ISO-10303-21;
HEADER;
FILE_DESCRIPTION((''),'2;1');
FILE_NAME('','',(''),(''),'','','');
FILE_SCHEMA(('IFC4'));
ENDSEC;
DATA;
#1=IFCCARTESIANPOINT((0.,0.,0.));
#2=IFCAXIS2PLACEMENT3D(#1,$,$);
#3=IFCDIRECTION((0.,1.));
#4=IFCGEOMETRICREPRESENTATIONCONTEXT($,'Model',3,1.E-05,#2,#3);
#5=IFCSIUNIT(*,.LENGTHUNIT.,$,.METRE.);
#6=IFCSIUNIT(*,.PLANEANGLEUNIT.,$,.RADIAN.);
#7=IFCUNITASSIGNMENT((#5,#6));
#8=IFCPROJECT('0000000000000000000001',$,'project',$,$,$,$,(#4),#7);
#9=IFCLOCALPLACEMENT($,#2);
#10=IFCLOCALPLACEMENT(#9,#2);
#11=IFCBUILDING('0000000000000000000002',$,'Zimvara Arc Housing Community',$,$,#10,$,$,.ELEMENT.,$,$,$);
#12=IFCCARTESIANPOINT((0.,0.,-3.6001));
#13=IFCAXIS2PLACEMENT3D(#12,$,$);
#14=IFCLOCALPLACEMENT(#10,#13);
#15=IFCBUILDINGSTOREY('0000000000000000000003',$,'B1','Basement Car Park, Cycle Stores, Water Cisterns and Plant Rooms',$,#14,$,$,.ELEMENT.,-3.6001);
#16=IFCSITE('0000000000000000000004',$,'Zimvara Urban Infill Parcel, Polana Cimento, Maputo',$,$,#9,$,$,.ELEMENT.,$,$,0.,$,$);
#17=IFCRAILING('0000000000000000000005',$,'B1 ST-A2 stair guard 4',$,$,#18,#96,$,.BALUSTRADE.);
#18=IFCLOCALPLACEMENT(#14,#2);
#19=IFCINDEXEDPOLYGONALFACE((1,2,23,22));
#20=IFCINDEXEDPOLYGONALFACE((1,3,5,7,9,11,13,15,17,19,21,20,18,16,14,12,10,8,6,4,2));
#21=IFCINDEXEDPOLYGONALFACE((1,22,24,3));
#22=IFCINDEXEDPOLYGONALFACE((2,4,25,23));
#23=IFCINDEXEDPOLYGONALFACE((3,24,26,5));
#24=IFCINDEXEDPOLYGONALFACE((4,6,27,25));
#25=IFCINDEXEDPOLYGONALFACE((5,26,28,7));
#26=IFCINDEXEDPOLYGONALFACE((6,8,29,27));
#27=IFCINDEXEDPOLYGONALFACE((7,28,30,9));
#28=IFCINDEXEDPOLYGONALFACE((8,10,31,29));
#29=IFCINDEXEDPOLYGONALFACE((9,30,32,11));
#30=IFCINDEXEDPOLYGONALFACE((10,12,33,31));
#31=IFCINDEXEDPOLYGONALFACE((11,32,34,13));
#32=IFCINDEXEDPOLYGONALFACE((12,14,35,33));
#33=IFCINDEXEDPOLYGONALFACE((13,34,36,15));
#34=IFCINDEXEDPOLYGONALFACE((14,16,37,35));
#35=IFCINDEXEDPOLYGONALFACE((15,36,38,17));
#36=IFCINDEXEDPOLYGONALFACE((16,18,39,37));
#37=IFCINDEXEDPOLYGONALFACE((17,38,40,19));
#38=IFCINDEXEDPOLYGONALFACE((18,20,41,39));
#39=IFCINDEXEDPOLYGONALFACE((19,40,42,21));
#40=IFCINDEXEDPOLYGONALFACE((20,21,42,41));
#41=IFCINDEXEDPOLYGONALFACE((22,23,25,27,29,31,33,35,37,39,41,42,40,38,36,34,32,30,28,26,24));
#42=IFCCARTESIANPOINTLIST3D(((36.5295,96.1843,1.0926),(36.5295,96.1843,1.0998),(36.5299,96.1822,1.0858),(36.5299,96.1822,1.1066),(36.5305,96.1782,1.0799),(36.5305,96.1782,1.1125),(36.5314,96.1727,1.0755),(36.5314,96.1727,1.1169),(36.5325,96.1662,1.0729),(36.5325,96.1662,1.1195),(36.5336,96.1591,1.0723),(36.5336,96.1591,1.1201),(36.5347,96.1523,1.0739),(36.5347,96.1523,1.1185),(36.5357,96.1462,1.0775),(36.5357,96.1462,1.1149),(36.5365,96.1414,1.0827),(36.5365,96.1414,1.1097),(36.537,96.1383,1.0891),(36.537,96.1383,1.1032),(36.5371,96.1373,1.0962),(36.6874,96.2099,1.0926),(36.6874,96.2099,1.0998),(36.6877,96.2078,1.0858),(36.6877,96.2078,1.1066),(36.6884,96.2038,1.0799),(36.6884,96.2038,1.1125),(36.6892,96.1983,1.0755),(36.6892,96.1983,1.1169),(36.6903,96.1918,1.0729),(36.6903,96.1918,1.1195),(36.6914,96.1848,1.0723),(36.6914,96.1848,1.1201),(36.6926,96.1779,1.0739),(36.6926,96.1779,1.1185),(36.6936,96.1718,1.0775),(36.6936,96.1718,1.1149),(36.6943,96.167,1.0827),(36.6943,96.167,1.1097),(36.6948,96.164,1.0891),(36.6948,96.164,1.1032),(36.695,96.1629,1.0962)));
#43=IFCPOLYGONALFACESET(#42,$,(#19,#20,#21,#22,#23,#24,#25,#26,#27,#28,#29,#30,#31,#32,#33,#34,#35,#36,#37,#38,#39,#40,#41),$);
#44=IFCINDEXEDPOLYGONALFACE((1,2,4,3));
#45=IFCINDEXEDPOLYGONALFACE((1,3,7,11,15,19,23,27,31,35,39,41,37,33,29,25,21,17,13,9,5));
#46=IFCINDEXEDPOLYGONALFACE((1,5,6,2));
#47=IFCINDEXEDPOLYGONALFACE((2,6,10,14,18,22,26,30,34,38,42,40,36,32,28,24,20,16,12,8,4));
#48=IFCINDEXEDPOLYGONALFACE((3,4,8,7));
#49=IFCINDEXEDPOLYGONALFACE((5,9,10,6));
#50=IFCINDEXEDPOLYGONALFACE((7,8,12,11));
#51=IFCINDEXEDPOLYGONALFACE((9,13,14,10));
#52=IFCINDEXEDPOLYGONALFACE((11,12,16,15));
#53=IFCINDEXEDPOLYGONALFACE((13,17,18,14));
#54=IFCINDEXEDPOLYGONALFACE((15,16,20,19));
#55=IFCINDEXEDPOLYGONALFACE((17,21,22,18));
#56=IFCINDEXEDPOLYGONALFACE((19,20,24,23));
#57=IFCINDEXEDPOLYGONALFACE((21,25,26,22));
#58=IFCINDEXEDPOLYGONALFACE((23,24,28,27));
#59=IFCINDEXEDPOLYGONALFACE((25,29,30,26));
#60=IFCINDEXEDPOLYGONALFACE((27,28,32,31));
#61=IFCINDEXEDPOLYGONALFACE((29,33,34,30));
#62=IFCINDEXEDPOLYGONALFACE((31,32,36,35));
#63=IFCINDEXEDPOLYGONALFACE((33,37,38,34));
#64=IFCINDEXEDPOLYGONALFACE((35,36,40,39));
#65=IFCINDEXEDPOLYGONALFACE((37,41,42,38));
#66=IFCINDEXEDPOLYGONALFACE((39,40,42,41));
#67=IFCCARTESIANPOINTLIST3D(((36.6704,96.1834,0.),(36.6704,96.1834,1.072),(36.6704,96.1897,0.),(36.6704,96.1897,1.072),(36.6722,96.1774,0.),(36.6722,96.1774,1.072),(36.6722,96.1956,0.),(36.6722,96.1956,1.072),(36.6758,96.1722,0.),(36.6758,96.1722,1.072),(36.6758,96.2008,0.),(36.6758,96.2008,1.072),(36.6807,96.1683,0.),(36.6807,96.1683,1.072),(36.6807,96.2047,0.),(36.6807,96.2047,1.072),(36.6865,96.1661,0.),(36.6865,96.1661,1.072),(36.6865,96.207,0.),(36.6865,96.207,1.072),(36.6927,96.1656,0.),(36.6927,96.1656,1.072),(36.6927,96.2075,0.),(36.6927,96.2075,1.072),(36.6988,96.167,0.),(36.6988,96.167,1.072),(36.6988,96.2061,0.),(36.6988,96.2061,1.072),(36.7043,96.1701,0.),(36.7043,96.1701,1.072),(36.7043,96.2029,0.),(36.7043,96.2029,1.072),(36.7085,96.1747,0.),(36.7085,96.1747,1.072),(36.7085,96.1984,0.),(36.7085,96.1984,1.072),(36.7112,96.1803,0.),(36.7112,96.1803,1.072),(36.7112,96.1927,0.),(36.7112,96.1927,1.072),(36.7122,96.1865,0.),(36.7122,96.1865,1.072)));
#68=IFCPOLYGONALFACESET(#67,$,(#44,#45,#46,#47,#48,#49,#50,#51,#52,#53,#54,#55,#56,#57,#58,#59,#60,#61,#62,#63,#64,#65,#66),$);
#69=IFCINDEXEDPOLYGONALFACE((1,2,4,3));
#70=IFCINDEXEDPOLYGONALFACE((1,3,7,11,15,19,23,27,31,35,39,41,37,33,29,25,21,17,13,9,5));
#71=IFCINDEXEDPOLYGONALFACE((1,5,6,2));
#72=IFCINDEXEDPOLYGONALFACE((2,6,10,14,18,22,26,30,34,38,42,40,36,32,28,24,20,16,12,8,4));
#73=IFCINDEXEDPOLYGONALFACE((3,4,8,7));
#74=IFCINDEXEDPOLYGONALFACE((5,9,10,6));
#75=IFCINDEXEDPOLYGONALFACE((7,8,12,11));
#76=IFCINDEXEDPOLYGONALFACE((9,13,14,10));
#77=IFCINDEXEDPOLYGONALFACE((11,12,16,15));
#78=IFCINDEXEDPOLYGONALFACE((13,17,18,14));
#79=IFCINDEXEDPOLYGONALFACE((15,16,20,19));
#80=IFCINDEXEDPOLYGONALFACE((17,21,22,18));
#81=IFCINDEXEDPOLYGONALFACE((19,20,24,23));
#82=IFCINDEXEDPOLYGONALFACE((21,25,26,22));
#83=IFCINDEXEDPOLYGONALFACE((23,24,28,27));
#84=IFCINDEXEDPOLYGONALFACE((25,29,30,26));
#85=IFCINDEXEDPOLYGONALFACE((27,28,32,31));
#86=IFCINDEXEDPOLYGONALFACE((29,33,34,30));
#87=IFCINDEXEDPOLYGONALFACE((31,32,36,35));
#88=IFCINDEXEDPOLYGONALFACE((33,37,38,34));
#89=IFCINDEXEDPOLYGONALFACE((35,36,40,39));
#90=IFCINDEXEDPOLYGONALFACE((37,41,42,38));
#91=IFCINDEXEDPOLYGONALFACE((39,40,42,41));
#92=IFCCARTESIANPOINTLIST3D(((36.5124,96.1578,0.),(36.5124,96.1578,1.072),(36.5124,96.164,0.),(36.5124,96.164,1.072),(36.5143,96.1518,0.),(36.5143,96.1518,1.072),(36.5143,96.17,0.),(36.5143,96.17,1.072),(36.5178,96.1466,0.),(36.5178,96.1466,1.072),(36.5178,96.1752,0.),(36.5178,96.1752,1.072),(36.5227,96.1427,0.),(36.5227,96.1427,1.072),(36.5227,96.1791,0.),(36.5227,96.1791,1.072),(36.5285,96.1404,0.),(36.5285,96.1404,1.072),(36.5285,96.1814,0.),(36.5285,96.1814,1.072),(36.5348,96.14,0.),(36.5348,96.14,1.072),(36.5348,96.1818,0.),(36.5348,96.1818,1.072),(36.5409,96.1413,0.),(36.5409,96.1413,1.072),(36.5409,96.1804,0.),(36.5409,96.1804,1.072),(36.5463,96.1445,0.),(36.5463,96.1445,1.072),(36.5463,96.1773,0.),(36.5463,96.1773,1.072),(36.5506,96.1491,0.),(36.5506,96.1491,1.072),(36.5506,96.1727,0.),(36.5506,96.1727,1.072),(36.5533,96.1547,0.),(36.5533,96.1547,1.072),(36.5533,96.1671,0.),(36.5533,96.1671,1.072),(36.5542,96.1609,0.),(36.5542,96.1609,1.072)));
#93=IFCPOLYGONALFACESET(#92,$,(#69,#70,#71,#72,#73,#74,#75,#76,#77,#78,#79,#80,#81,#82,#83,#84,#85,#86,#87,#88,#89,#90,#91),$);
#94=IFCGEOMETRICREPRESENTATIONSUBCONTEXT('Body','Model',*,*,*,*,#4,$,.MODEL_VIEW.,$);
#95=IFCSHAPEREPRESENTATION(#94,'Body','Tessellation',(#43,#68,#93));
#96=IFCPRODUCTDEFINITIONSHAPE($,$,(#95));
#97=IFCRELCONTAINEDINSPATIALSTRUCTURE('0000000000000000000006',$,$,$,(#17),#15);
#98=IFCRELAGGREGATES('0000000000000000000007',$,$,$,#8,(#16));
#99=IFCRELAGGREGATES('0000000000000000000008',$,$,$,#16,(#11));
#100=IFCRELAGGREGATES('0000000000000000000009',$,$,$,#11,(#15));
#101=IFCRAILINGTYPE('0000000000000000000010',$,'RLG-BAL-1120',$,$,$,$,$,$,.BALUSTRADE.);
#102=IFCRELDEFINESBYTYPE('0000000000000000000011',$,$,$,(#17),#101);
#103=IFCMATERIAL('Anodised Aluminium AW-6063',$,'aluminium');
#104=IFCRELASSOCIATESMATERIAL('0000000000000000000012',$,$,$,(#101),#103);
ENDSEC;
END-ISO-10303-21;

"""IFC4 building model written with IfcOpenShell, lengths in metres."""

from ifc_helpers import new_model, si_unit, direction, frame, origin, origin_2d, place, context, subcontext, project, spatial, circle, extrude, material, type_object, element, save


model = new_model("IFC4")

# Units and contexts
model_context = context("Model", 3, precision=1e-05, world=origin(), true_north=direction((0.0, 1.0)))
body_context = subcontext(model_context, "Body", "Model", "MODEL_VIEW")
ifc_project = project(units=[si_unit("LENGTHUNIT", "METRE"), si_unit("PLANEANGLEUNIT", "RADIAN")], contexts=[model_context])

# Site, building, storey
site_placement = place(None, origin())
site = spatial("IfcSite", under=ifc_project, at=site_placement, Name="Zimvara Urban Infill Parcel, Polana Cimento, Maputo", CompositionType="ELEMENT", RefElevation=0.0)
building_placement = place(site_placement, origin())
building = spatial("IfcBuilding", under=site, at=building_placement, Name="Zimvara Arc Housing Community", CompositionType="ELEMENT")
storey_placement = place(building_placement, frame((0.0, 0.0, -3.6001)))
storey = spatial("IfcBuildingStorey", under=building, at=storey_placement, Name="B1", Description="Basement Car Park, Cycle Stores, Water Cisterns and Plant Rooms", CompositionType="ELEMENT", Elevation=-3.6001)

# Railing
ifc_material_1 = material(Name="Anodised Aluminium AW-6063", Category="aluminium")
railing_type = type_object("IfcRailingType", Name="RLG-BAL-1120", PredefinedType="BALUSTRADE", material=ifc_material_1)
railing_1_placement = place(storey_placement, frame((36.6912, 96.1865, 0.0)))
element("IfcRailing", 1, at=railing_1_placement, inside=storey, type_object=railing_type, Name="B1 ST-A2 stair guard 4", PredefinedType="BALUSTRADE", context=body_context, shape_type="SweptSolid", body=[
    extrude(circle(Radius=0.0239, at=origin_2d()), frame((0.0, 0.0, 1.0962), z_axis=(-0.987086, -0.160192, 0.0), x_axis=(0.160192, -0.987086, 0.0)), (0.0, 0.0, 1.0), 0.1599),
    extrude(circle(Radius=0.021, at=origin_2d()), origin(), (0.0, 0.0, 1.0), 1.072),
    extrude(circle(Radius=0.021, at=origin_2d()), frame((-0.158, -0.0256, 0.0)), (0.0, 0.0, 1.0), 1.072),
])

save(model, "model.ifc")
